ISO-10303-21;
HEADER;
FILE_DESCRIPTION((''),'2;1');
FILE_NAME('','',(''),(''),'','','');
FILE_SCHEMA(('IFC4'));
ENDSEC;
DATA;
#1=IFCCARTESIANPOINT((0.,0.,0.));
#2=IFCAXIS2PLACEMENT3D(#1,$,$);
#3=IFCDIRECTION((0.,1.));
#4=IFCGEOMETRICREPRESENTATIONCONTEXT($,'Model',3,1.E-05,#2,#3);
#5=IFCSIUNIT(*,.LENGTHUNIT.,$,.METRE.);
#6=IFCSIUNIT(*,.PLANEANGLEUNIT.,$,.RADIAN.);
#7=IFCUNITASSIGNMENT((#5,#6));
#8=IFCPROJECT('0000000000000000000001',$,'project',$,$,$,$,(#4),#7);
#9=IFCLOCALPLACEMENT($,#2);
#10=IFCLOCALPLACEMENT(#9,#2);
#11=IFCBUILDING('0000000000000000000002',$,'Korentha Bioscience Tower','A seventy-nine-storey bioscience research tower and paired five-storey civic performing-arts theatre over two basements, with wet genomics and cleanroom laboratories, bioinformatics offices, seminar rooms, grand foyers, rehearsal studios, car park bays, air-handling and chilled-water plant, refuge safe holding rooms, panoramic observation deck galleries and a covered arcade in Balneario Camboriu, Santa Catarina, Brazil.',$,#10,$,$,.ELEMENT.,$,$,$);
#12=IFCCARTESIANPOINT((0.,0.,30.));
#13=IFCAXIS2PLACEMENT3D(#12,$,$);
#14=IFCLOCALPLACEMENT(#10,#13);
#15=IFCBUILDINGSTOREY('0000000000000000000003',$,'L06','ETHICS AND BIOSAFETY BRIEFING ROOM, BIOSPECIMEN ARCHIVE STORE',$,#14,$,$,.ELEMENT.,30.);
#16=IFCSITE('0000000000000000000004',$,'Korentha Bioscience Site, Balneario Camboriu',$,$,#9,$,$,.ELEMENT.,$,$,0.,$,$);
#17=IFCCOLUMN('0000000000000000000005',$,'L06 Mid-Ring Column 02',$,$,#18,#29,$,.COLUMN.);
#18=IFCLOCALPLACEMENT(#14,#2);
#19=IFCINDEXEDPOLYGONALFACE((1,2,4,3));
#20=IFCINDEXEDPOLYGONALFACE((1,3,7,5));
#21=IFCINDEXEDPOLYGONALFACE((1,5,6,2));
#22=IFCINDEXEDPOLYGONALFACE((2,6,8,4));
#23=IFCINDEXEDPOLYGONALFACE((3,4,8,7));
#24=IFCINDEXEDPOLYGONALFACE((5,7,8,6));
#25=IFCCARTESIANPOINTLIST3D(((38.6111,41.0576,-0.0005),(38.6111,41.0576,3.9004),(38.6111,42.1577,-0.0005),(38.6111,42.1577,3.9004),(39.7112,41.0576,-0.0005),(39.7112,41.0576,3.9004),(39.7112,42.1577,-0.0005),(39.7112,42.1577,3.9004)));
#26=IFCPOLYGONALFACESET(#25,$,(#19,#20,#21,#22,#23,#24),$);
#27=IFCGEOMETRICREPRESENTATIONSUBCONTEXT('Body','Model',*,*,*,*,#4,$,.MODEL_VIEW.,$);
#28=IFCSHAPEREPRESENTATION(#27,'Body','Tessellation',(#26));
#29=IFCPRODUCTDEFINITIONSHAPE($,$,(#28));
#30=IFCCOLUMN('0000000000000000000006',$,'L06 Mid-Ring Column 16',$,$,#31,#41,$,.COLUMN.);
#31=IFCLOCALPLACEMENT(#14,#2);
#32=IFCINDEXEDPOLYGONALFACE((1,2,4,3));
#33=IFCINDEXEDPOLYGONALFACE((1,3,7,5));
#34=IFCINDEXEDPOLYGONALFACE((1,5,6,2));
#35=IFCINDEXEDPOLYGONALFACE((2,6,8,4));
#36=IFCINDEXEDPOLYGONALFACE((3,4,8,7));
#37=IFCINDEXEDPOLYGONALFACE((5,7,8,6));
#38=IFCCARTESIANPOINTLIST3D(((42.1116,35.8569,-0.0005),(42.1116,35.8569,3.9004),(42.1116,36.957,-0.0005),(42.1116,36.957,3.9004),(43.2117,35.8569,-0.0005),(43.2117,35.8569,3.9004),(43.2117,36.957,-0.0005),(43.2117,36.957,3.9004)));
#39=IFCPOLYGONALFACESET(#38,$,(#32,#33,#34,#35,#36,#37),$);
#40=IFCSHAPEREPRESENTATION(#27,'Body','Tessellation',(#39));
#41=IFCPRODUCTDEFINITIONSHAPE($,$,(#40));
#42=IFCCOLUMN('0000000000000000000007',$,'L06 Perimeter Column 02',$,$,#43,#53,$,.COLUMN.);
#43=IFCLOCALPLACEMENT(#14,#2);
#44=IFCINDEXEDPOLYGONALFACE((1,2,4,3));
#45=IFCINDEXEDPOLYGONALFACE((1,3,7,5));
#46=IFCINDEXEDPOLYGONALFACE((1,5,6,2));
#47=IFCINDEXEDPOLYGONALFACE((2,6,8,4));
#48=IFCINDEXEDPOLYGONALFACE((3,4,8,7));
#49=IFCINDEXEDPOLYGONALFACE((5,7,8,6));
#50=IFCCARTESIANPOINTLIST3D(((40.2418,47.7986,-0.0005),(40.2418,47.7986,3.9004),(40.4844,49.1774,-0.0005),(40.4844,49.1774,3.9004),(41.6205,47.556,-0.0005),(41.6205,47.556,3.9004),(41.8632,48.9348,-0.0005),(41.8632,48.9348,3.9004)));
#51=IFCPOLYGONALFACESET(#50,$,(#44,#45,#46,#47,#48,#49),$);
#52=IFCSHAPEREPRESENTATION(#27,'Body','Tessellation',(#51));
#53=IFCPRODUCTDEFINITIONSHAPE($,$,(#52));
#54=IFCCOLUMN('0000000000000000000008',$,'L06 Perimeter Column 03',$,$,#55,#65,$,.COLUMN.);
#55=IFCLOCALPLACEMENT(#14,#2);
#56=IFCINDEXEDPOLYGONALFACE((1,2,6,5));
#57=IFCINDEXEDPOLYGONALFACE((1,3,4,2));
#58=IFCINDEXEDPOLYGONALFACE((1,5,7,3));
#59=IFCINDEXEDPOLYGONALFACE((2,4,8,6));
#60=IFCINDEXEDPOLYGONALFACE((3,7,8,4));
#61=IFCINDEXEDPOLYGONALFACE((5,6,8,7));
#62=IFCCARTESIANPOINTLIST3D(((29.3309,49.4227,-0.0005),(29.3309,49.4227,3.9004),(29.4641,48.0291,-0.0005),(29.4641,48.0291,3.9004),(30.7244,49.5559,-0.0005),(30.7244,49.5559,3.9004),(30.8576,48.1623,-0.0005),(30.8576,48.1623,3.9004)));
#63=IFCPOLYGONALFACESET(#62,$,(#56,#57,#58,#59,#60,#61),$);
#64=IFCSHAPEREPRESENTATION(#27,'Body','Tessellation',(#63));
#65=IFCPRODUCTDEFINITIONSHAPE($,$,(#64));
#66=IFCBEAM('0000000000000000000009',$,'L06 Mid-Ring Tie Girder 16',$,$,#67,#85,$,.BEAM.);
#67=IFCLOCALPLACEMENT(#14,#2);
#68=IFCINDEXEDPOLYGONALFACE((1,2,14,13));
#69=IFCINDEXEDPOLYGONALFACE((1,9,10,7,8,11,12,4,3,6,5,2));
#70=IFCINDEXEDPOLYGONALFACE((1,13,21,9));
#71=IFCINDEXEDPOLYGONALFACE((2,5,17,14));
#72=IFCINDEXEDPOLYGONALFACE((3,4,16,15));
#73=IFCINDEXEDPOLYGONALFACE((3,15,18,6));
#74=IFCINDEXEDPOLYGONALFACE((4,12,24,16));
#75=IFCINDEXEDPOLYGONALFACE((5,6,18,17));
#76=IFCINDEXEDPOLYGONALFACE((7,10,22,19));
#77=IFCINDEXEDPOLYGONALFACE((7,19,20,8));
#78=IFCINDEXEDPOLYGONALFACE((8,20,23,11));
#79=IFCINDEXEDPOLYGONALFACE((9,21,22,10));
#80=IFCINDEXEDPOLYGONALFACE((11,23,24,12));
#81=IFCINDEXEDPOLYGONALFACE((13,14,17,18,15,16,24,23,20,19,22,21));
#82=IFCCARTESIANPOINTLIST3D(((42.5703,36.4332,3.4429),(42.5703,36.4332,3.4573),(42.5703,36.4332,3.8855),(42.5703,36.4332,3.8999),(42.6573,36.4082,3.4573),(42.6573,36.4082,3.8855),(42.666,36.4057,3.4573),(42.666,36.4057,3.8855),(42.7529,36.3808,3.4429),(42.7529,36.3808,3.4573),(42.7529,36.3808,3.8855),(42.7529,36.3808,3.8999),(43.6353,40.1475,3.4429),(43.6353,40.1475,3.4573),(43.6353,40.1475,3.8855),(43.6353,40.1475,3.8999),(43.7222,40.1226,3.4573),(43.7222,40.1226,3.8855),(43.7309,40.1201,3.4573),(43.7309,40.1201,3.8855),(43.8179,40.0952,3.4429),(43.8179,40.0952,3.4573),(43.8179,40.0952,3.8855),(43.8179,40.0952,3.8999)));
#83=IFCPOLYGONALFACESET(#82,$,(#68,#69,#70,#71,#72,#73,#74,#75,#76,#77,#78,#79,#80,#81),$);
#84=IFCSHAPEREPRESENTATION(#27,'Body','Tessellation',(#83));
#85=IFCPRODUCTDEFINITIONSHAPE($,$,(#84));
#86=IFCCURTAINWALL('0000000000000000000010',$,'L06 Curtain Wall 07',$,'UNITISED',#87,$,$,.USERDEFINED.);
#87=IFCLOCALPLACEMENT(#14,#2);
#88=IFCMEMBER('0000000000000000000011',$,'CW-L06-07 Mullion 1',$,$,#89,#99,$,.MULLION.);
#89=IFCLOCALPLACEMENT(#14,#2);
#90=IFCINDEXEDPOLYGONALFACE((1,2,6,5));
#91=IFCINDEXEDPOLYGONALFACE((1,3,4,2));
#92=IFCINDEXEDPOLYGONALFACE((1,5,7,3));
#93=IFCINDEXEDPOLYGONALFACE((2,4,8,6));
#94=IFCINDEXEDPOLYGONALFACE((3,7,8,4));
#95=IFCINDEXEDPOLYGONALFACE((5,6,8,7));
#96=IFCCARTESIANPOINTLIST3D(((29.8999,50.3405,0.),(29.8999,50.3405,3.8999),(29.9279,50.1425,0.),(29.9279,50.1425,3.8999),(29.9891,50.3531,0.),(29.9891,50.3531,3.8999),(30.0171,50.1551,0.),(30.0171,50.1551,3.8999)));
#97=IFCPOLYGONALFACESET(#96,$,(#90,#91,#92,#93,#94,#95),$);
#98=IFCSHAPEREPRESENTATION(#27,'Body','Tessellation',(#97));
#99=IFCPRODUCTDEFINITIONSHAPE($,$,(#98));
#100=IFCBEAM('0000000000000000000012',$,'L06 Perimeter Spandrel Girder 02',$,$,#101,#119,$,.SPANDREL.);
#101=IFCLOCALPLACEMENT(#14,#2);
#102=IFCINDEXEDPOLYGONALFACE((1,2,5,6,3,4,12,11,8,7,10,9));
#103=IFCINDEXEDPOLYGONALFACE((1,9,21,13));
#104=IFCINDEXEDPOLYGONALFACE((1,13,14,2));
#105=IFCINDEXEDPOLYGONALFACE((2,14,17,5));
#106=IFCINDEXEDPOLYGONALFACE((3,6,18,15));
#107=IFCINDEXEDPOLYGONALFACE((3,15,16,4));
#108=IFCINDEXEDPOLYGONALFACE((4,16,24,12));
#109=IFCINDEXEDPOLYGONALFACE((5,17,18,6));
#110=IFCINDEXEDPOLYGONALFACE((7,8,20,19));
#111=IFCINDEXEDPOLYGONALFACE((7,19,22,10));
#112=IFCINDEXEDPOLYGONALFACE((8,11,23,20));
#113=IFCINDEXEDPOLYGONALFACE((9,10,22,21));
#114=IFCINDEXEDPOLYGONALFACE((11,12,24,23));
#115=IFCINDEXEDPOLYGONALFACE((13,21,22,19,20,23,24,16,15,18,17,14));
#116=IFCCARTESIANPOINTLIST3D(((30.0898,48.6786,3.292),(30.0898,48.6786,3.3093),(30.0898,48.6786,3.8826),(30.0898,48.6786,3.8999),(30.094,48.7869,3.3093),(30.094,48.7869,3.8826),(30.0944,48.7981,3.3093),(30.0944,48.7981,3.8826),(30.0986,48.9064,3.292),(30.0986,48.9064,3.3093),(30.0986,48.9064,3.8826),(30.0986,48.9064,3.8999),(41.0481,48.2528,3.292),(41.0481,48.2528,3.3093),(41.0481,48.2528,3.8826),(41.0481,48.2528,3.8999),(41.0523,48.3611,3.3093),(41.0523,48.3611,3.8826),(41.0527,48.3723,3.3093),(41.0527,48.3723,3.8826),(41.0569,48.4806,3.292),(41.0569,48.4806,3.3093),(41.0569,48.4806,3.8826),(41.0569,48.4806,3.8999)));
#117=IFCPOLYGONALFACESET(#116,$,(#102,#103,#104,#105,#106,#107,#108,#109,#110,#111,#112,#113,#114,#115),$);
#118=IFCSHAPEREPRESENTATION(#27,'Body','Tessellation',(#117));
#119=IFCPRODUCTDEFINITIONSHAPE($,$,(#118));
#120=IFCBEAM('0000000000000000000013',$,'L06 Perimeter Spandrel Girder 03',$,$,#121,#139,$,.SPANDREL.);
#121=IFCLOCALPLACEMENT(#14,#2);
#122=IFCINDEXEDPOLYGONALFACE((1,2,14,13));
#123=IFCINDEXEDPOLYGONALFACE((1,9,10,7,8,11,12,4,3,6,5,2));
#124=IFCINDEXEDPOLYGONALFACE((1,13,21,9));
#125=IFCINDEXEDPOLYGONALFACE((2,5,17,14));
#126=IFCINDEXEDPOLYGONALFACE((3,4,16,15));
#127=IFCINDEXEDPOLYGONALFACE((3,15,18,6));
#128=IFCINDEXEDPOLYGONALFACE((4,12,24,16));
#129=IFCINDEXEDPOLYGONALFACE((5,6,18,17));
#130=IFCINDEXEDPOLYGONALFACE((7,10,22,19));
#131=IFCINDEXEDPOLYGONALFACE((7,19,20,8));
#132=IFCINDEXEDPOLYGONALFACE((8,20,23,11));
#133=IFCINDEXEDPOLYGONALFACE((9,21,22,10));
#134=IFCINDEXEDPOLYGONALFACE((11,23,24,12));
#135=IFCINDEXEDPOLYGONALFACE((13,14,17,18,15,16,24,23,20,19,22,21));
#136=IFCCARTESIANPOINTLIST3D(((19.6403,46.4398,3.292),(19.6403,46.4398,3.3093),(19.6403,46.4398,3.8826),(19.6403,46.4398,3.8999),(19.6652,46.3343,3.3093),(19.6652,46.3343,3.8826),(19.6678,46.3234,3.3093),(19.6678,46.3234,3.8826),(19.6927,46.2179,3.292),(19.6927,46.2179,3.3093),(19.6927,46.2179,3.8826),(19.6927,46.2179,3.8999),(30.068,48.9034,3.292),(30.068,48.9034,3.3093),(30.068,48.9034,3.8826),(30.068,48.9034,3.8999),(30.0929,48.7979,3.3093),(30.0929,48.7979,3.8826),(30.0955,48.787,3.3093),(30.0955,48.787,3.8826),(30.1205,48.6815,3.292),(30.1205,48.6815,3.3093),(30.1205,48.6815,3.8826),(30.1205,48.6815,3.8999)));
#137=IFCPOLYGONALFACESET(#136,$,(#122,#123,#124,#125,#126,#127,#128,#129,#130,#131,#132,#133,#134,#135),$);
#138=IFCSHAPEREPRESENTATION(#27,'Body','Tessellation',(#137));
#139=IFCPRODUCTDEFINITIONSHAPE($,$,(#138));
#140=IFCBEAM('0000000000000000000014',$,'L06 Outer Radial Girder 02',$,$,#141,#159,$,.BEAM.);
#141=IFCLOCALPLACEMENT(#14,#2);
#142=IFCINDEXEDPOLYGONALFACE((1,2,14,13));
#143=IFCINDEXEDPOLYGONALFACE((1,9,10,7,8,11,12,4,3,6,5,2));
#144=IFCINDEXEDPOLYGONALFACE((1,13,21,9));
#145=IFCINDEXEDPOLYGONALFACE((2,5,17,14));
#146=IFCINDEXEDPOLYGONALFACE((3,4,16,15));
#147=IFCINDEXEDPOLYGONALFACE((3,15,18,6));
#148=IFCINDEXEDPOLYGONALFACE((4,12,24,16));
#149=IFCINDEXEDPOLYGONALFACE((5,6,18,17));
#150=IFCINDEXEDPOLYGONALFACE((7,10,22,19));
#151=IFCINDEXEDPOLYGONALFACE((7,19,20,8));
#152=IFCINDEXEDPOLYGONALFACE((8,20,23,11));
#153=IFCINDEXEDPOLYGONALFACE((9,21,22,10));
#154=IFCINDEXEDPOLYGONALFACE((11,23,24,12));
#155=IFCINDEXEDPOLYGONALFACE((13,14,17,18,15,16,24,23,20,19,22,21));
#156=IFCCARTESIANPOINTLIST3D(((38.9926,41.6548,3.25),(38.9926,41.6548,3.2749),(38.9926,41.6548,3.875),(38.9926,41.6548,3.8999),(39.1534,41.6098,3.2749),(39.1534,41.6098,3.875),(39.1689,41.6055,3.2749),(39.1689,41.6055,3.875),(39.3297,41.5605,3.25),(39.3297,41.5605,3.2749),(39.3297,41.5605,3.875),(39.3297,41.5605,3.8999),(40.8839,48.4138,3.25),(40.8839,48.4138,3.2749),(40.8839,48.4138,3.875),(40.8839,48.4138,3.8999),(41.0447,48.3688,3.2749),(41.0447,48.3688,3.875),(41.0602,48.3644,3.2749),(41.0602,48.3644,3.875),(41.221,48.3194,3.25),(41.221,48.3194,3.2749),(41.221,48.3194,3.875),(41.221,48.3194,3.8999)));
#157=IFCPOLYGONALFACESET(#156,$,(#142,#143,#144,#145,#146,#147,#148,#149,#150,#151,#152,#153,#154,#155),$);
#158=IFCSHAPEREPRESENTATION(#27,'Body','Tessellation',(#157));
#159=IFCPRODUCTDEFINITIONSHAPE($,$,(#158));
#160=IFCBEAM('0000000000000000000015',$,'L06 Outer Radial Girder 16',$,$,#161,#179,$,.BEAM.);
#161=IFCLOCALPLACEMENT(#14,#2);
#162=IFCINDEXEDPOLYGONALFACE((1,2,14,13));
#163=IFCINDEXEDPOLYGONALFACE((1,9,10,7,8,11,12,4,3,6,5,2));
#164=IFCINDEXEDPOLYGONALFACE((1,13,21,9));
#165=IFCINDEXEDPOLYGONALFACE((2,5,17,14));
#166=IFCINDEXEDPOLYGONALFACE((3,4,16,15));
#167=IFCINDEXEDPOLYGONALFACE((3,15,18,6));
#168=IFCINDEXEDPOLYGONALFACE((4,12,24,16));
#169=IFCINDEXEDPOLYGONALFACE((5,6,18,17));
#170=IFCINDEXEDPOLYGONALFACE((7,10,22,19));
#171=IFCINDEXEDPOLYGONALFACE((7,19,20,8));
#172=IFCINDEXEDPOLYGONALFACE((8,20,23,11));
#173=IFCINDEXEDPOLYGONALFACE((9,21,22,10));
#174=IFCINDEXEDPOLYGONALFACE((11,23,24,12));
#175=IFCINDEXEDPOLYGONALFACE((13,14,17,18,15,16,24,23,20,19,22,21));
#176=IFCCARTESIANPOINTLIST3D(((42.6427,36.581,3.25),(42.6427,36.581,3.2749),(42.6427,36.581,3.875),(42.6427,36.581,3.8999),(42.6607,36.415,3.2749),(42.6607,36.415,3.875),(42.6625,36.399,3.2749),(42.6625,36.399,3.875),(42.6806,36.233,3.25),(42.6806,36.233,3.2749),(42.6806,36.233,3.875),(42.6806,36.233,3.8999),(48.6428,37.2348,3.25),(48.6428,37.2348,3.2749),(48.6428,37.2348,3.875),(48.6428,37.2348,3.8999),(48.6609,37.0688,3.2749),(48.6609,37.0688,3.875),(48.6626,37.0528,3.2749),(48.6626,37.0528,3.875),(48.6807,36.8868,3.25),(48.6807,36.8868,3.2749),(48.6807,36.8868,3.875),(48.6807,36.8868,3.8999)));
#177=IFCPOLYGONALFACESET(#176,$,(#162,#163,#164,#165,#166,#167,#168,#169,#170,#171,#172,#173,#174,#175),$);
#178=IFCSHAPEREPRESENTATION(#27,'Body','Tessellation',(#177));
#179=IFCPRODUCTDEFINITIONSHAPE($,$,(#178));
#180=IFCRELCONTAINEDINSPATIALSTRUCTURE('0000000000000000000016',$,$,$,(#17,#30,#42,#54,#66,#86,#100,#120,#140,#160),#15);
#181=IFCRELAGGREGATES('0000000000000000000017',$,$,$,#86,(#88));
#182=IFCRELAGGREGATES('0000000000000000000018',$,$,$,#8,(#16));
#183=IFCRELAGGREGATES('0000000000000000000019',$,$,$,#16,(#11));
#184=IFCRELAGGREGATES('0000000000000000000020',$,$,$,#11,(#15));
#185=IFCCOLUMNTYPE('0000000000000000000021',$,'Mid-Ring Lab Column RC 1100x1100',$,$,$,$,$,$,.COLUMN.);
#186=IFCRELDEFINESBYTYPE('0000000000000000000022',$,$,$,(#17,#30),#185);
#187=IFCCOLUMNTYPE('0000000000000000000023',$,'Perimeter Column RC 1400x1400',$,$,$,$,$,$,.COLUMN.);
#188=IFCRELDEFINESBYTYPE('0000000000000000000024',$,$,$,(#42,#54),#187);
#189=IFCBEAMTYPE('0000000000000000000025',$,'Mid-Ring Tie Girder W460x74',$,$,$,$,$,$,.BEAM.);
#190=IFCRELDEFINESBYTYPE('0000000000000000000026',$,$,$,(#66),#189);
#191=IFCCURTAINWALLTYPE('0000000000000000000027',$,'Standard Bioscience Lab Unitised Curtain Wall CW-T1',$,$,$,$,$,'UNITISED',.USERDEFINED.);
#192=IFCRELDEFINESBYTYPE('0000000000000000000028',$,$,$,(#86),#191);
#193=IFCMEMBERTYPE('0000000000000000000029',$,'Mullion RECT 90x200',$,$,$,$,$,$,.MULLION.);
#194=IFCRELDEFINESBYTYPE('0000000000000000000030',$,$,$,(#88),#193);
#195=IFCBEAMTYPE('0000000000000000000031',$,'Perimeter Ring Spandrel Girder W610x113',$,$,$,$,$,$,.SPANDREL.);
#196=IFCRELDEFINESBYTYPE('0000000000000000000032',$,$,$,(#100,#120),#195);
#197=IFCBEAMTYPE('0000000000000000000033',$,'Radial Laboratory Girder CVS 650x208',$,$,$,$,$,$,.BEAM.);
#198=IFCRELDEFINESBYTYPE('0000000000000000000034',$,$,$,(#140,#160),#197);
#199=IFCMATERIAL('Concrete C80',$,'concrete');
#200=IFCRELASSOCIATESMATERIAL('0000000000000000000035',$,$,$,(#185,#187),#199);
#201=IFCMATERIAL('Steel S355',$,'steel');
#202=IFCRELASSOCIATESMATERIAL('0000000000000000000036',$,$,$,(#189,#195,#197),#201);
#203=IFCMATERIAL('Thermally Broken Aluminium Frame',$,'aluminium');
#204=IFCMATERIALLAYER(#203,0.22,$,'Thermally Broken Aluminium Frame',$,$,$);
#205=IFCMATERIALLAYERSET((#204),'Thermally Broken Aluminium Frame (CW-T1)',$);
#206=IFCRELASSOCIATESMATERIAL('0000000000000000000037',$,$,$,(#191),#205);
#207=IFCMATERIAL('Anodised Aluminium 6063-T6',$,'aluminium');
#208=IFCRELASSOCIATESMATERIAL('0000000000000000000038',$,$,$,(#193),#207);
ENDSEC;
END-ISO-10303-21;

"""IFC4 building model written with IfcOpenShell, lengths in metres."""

from ifc_helpers import new_model, si_unit, direction, frame, origin, origin_2d, place, context, subcontext, project, spatial, rectangle, i_section, extrude, material, layer, layer_set, material_profile, profile_set, type_object, element, aggregate, save


model = new_model("IFC4")

# Units and contexts
model_context = context("Model", 3, precision=1e-05, world=origin(), true_north=direction((0.0, 1.0)))
body_context = subcontext(model_context, "Body", "Model", "MODEL_VIEW")
ifc_project = project(units=[si_unit("LENGTHUNIT", "METRE"), si_unit("PLANEANGLEUNIT", "RADIAN")], contexts=[model_context])

# Site, building, storey
site_placement = place(None, origin())
site = spatial("IfcSite", under=ifc_project, at=site_placement, Name="Korentha Bioscience Site, Balneario Camboriu", CompositionType="ELEMENT", RefElevation=0.0)
building_placement = place(site_placement, origin())
building = spatial("IfcBuilding", under=site, at=building_placement, Name="Korentha Bioscience Tower", Description="A seventy-nine-storey bioscience research tower and paired five-storey civic performing-arts theatre over two basements, with wet genomics and cleanroom laboratories, bioinformatics offices, seminar rooms, grand foyers, rehearsal studios, car park bays, air-handling and chilled-water plant, refuge safe holding rooms, panoramic observation deck galleries and a covered arcade in Balneario Camboriu, Santa Catarina, Brazil.", CompositionType="ELEMENT")
storey_placement = place(building_placement, frame((0.0, 0.0, 30.0)))
storey = spatial("IfcBuildingStorey", under=building, at=storey_placement, Name="L06", Description="ETHICS AND BIOSAFETY BRIEFING ROOM, BIOSPECIMEN ARCHIVE STORE", CompositionType="ELEMENT", Elevation=30.0)

# Columns
ifc_material_1 = material(Name="Concrete C80", Category="concrete")
ifc_material_profile_1 = material_profile(ifc_material_1, rectangle(XDim=1.1001, YDim=1.1001, at=origin_2d()), Name="Concrete C80")
ifc_profile_set_1 = profile_set([ifc_material_profile_1], Name="Concrete C80 (COL-MR11)")
column_type_1 = type_object("IfcColumnType", Name="Mid-Ring Lab Column RC 1100x1100", PredefinedType="COLUMN", material=ifc_profile_set_1)
for number, where, z_axis, x_axis, name in (
    (1, (39.1611, 41.6077, -0.0005), (0.0, 0.0, 1.0), (1.0, 0.0, 0.0), "L06 Mid-Ring Column 02"),
    (2, (42.6616, 36.407, -0.0005), (0.0, 0.0, 1.0), (1.0, 0.0, 0.0), "L06 Mid-Ring Column 16"),
):
    element("IfcColumn", number, at=place(storey_placement, frame(where, z_axis=z_axis, x_axis=x_axis)), inside=storey, type_object=column_type_1, Name=name, PredefinedType="COLUMN", context=body_context, shape_type="SweptSolid", body=[
        extrude(rectangle(XDim=1.1001, YDim=1.1001, at=origin_2d()), origin(), (0.0, 0.0, 1.0), 3.9009),
    ])
ifc_material_profile_2 = material_profile(ifc_material_1, rectangle(XDim=1.3999, YDim=1.3999, at=origin_2d()), Name="Concrete C80")
ifc_profile_set_2 = profile_set([ifc_material_profile_2], Name="Concrete C80 (COL-P14)")
column_type_2 = type_object("IfcColumnType", Name="Perimeter Column RC 1400x1400", PredefinedType="COLUMN", material=ifc_profile_set_2)
for number, where, z_axis, x_axis, name in (
    (3, (41.0525, 48.3667, -0.0005), (0.0, 0.0, 1.0), (-0.984868, 0.173304, 0.0), "L06 Perimeter Column 02"),
    (4, (30.0942, 48.7925, -0.0005), (0.0, 0.0, 1.0), (0.995463, 0.095151, 0.0), "L06 Perimeter Column 03"),
):
    element("IfcColumn", number, at=place(storey_placement, frame(where, z_axis=z_axis, x_axis=x_axis)), inside=storey, type_object=column_type_2, Name=name, PredefinedType="COLUMN", context=body_context, shape_type="SweptSolid", body=[
        extrude(rectangle(XDim=1.3999, YDim=1.3999, at=origin_2d()), origin(), (0.0, 0.0, 1.0), 3.9009),
    ])

# Beam
ifc_material_2 = material(Name="Steel S355", Category="steel")
ifc_material_profile_3 = material_profile(ifc_material_2, i_section(OverallWidth=0.1899, OverallDepth=0.457, WebThickness=0.009, FlangeThickness=0.0144, at=origin_2d()), Name="Steel S355")
ifc_profile_set_3 = profile_set([ifc_material_profile_3], Name="Steel S355 (MB-460)")
beam_type_1 = type_object("IfcBeamType", Name="Mid-Ring Tie Girder W460x74", PredefinedType="BEAM", material=ifc_profile_set_3)
beam_1_placement = place(storey_placement, frame((42.6616, 36.407, 3.6714), z_axis=(0.275606, 0.961271, 0.0), x_axis=(-0.961271, 0.275606, 0.0)))
element("IfcBeam", 5, at=beam_1_placement, inside=storey, type_object=beam_type_1, Name="L06 Mid-Ring Tie Girder 16", PredefinedType="BEAM", context=body_context, shape_type="SweptSolid", body=[
    extrude(i_section(OverallWidth=0.1899, OverallDepth=0.457, WebThickness=0.009, FlangeThickness=0.0144, at=origin_2d()), origin(), (0.0, 0.0, 1.0), 3.864),
])

# Curtain wall, member
ifc_material_3 = material(Name="Thermally Broken Aluminium Frame", Category="aluminium")
ifc_layer_1 = layer(ifc_material_3, 0.22, Name="Thermally Broken Aluminium Frame")
ifc_layer_set_1 = layer_set([ifc_layer_1], Name="Thermally Broken Aluminium Frame (CW-T1)")
curtain_wall_type = type_object("IfcCurtainWallType", Name="Standard Bioscience Lab Unitised Curtain Wall CW-T1", ElementType="UNITISED", PredefinedType="USERDEFINED", material=ifc_layer_set_1)
curtain_wall_placement = place(storey_placement, origin())
curtain_wall = element("IfcCurtainWall", 6, at=curtain_wall_placement, inside=storey, type_object=curtain_wall_type, Name="L06 Curtain Wall 07", ObjectType="UNITISED", PredefinedType="USERDEFINED")
ifc_material_4 = material(Name="Anodised Aluminium 6063-T6", Category="aluminium")
ifc_material_profile_4 = material_profile(ifc_material_4, rectangle(XDim=0.0901, YDim=0.2, at=origin_2d()), Name="Anodised Aluminium 6063-T6")
ifc_profile_set_4 = profile_set([ifc_material_profile_4], Name="Anodised Aluminium 6063-T6 (CW-MUL)")
member_type_1 = type_object("IfcMemberType", Name="Mullion RECT 90x200", PredefinedType="MULLION", material=ifc_profile_set_4)
member_1_placement = place(storey_placement, frame((29.9585, 50.2478, 0.0), z_axis=(0.0, 0.0, 1.0), x_axis=(-0.990167, -0.139888, 0.0)))
member_1 = element("IfcMember", 7, at=member_1_placement, type_object=member_type_1, Name="CW-L06-07 Mullion 1", PredefinedType="MULLION", context=body_context, shape_type="SweptSolid", body=[
    extrude(rectangle(XDim=0.0901, YDim=0.2, at=origin_2d()), origin(), (0.0, 0.0, 1.0), 3.8999),
])

# Beams
ifc_material_profile_5 = material_profile(ifc_material_2, i_section(OverallWidth=0.228, OverallDepth=0.6079, WebThickness=0.0112, FlangeThickness=0.0173, at=origin_2d()), Name="Steel S355")
ifc_profile_set_5 = profile_set([ifc_material_profile_5], Name="Steel S355 (SB-610)")
beam_type_2 = type_object("IfcBeamType", Name="Perimeter Ring Spandrel Girder W610x113", PredefinedType="SPANDREL", material=ifc_profile_set_5)
beam_2_placement = place(storey_placement, frame((41.0525, 48.3667, 3.5959), z_axis=(-0.999246, 0.038826, 0.0), x_axis=(-0.038826, -0.999246, 0.0)))
element("IfcBeam", 8, at=beam_2_placement, inside=storey, type_object=beam_type_2, Name="L06 Perimeter Spandrel Girder 02", PredefinedType="SPANDREL", context=body_context, shape_type="SweptSolid", body=[
    extrude(i_section(OverallWidth=0.228, OverallDepth=0.6079, WebThickness=0.0112, FlangeThickness=0.0173, at=origin_2d()), origin(), (0.0, 0.0, 1.0), 10.9666),
])
beam_3_placement = place(storey_placement, frame((30.0942, 48.7925, 3.5959), z_axis=(-0.973208, -0.229927, 0.0), x_axis=(0.229927, -0.973208, 0.0)))
element("IfcBeam", 9, at=beam_3_placement, inside=storey, type_object=beam_type_2, Name="L06 Perimeter Spandrel Girder 03", PredefinedType="SPANDREL", context=body_context, shape_type="SweptSolid", body=[
    extrude(i_section(OverallWidth=0.228, OverallDepth=0.6079, WebThickness=0.0112, FlangeThickness=0.0173, at=origin_2d()), origin(), (0.0, 0.0, 1.0), 10.7148),
])
ifc_material_profile_6 = material_profile(ifc_material_2, i_section(OverallWidth=0.3501, OverallDepth=0.6499, WebThickness=0.0161, FlangeThickness=0.0249, at=origin_2d()), Name="Steel S355")
ifc_profile_set_6 = profile_set([ifc_material_profile_6], Name="Steel S355 (RB-650)")
beam_type_3 = type_object("IfcBeamType", Name="Radial Laboratory Girder CVS 650x208", PredefinedType="BEAM", material=ifc_profile_set_6)
beam_4_placement = place(storey_placement, frame((39.1611, 41.6077, 3.575), z_axis=(0.269475, 0.963007, 0.0), x_axis=(-0.963007, 0.269475, 0.0)))
element("IfcBeam", 10, at=beam_4_placement, inside=storey, type_object=beam_type_3, Name="L06 Outer Radial Girder 02", PredefinedType="BEAM", context=body_context, shape_type="SweptSolid", body=[
    extrude(i_section(OverallWidth=0.3501, OverallDepth=0.6499, WebThickness=0.0161, FlangeThickness=0.0249, at=origin_2d()), origin(), (0.0, 0.0, 1.0), 7.0186),
])
beam_5_placement = place(storey_placement, frame((42.6616, 36.407, 3.575), z_axis=(0.994116, 0.108323, 0.0), x_axis=(-0.108323, 0.994116, 0.0)))
element("IfcBeam", 11, at=beam_5_placement, inside=storey, type_object=beam_type_3, Name="L06 Outer Radial Girder 16", PredefinedType="BEAM", context=body_context, shape_type="SweptSolid", body=[
    extrude(i_section(OverallWidth=0.3501, OverallDepth=0.6499, WebThickness=0.0161, FlangeThickness=0.0249, at=origin_2d()), origin(), (0.0, 0.0, 1.0), 6.0356),
])

aggregate(curtain_wall, [member_1])

save(model, "model.ifc")
